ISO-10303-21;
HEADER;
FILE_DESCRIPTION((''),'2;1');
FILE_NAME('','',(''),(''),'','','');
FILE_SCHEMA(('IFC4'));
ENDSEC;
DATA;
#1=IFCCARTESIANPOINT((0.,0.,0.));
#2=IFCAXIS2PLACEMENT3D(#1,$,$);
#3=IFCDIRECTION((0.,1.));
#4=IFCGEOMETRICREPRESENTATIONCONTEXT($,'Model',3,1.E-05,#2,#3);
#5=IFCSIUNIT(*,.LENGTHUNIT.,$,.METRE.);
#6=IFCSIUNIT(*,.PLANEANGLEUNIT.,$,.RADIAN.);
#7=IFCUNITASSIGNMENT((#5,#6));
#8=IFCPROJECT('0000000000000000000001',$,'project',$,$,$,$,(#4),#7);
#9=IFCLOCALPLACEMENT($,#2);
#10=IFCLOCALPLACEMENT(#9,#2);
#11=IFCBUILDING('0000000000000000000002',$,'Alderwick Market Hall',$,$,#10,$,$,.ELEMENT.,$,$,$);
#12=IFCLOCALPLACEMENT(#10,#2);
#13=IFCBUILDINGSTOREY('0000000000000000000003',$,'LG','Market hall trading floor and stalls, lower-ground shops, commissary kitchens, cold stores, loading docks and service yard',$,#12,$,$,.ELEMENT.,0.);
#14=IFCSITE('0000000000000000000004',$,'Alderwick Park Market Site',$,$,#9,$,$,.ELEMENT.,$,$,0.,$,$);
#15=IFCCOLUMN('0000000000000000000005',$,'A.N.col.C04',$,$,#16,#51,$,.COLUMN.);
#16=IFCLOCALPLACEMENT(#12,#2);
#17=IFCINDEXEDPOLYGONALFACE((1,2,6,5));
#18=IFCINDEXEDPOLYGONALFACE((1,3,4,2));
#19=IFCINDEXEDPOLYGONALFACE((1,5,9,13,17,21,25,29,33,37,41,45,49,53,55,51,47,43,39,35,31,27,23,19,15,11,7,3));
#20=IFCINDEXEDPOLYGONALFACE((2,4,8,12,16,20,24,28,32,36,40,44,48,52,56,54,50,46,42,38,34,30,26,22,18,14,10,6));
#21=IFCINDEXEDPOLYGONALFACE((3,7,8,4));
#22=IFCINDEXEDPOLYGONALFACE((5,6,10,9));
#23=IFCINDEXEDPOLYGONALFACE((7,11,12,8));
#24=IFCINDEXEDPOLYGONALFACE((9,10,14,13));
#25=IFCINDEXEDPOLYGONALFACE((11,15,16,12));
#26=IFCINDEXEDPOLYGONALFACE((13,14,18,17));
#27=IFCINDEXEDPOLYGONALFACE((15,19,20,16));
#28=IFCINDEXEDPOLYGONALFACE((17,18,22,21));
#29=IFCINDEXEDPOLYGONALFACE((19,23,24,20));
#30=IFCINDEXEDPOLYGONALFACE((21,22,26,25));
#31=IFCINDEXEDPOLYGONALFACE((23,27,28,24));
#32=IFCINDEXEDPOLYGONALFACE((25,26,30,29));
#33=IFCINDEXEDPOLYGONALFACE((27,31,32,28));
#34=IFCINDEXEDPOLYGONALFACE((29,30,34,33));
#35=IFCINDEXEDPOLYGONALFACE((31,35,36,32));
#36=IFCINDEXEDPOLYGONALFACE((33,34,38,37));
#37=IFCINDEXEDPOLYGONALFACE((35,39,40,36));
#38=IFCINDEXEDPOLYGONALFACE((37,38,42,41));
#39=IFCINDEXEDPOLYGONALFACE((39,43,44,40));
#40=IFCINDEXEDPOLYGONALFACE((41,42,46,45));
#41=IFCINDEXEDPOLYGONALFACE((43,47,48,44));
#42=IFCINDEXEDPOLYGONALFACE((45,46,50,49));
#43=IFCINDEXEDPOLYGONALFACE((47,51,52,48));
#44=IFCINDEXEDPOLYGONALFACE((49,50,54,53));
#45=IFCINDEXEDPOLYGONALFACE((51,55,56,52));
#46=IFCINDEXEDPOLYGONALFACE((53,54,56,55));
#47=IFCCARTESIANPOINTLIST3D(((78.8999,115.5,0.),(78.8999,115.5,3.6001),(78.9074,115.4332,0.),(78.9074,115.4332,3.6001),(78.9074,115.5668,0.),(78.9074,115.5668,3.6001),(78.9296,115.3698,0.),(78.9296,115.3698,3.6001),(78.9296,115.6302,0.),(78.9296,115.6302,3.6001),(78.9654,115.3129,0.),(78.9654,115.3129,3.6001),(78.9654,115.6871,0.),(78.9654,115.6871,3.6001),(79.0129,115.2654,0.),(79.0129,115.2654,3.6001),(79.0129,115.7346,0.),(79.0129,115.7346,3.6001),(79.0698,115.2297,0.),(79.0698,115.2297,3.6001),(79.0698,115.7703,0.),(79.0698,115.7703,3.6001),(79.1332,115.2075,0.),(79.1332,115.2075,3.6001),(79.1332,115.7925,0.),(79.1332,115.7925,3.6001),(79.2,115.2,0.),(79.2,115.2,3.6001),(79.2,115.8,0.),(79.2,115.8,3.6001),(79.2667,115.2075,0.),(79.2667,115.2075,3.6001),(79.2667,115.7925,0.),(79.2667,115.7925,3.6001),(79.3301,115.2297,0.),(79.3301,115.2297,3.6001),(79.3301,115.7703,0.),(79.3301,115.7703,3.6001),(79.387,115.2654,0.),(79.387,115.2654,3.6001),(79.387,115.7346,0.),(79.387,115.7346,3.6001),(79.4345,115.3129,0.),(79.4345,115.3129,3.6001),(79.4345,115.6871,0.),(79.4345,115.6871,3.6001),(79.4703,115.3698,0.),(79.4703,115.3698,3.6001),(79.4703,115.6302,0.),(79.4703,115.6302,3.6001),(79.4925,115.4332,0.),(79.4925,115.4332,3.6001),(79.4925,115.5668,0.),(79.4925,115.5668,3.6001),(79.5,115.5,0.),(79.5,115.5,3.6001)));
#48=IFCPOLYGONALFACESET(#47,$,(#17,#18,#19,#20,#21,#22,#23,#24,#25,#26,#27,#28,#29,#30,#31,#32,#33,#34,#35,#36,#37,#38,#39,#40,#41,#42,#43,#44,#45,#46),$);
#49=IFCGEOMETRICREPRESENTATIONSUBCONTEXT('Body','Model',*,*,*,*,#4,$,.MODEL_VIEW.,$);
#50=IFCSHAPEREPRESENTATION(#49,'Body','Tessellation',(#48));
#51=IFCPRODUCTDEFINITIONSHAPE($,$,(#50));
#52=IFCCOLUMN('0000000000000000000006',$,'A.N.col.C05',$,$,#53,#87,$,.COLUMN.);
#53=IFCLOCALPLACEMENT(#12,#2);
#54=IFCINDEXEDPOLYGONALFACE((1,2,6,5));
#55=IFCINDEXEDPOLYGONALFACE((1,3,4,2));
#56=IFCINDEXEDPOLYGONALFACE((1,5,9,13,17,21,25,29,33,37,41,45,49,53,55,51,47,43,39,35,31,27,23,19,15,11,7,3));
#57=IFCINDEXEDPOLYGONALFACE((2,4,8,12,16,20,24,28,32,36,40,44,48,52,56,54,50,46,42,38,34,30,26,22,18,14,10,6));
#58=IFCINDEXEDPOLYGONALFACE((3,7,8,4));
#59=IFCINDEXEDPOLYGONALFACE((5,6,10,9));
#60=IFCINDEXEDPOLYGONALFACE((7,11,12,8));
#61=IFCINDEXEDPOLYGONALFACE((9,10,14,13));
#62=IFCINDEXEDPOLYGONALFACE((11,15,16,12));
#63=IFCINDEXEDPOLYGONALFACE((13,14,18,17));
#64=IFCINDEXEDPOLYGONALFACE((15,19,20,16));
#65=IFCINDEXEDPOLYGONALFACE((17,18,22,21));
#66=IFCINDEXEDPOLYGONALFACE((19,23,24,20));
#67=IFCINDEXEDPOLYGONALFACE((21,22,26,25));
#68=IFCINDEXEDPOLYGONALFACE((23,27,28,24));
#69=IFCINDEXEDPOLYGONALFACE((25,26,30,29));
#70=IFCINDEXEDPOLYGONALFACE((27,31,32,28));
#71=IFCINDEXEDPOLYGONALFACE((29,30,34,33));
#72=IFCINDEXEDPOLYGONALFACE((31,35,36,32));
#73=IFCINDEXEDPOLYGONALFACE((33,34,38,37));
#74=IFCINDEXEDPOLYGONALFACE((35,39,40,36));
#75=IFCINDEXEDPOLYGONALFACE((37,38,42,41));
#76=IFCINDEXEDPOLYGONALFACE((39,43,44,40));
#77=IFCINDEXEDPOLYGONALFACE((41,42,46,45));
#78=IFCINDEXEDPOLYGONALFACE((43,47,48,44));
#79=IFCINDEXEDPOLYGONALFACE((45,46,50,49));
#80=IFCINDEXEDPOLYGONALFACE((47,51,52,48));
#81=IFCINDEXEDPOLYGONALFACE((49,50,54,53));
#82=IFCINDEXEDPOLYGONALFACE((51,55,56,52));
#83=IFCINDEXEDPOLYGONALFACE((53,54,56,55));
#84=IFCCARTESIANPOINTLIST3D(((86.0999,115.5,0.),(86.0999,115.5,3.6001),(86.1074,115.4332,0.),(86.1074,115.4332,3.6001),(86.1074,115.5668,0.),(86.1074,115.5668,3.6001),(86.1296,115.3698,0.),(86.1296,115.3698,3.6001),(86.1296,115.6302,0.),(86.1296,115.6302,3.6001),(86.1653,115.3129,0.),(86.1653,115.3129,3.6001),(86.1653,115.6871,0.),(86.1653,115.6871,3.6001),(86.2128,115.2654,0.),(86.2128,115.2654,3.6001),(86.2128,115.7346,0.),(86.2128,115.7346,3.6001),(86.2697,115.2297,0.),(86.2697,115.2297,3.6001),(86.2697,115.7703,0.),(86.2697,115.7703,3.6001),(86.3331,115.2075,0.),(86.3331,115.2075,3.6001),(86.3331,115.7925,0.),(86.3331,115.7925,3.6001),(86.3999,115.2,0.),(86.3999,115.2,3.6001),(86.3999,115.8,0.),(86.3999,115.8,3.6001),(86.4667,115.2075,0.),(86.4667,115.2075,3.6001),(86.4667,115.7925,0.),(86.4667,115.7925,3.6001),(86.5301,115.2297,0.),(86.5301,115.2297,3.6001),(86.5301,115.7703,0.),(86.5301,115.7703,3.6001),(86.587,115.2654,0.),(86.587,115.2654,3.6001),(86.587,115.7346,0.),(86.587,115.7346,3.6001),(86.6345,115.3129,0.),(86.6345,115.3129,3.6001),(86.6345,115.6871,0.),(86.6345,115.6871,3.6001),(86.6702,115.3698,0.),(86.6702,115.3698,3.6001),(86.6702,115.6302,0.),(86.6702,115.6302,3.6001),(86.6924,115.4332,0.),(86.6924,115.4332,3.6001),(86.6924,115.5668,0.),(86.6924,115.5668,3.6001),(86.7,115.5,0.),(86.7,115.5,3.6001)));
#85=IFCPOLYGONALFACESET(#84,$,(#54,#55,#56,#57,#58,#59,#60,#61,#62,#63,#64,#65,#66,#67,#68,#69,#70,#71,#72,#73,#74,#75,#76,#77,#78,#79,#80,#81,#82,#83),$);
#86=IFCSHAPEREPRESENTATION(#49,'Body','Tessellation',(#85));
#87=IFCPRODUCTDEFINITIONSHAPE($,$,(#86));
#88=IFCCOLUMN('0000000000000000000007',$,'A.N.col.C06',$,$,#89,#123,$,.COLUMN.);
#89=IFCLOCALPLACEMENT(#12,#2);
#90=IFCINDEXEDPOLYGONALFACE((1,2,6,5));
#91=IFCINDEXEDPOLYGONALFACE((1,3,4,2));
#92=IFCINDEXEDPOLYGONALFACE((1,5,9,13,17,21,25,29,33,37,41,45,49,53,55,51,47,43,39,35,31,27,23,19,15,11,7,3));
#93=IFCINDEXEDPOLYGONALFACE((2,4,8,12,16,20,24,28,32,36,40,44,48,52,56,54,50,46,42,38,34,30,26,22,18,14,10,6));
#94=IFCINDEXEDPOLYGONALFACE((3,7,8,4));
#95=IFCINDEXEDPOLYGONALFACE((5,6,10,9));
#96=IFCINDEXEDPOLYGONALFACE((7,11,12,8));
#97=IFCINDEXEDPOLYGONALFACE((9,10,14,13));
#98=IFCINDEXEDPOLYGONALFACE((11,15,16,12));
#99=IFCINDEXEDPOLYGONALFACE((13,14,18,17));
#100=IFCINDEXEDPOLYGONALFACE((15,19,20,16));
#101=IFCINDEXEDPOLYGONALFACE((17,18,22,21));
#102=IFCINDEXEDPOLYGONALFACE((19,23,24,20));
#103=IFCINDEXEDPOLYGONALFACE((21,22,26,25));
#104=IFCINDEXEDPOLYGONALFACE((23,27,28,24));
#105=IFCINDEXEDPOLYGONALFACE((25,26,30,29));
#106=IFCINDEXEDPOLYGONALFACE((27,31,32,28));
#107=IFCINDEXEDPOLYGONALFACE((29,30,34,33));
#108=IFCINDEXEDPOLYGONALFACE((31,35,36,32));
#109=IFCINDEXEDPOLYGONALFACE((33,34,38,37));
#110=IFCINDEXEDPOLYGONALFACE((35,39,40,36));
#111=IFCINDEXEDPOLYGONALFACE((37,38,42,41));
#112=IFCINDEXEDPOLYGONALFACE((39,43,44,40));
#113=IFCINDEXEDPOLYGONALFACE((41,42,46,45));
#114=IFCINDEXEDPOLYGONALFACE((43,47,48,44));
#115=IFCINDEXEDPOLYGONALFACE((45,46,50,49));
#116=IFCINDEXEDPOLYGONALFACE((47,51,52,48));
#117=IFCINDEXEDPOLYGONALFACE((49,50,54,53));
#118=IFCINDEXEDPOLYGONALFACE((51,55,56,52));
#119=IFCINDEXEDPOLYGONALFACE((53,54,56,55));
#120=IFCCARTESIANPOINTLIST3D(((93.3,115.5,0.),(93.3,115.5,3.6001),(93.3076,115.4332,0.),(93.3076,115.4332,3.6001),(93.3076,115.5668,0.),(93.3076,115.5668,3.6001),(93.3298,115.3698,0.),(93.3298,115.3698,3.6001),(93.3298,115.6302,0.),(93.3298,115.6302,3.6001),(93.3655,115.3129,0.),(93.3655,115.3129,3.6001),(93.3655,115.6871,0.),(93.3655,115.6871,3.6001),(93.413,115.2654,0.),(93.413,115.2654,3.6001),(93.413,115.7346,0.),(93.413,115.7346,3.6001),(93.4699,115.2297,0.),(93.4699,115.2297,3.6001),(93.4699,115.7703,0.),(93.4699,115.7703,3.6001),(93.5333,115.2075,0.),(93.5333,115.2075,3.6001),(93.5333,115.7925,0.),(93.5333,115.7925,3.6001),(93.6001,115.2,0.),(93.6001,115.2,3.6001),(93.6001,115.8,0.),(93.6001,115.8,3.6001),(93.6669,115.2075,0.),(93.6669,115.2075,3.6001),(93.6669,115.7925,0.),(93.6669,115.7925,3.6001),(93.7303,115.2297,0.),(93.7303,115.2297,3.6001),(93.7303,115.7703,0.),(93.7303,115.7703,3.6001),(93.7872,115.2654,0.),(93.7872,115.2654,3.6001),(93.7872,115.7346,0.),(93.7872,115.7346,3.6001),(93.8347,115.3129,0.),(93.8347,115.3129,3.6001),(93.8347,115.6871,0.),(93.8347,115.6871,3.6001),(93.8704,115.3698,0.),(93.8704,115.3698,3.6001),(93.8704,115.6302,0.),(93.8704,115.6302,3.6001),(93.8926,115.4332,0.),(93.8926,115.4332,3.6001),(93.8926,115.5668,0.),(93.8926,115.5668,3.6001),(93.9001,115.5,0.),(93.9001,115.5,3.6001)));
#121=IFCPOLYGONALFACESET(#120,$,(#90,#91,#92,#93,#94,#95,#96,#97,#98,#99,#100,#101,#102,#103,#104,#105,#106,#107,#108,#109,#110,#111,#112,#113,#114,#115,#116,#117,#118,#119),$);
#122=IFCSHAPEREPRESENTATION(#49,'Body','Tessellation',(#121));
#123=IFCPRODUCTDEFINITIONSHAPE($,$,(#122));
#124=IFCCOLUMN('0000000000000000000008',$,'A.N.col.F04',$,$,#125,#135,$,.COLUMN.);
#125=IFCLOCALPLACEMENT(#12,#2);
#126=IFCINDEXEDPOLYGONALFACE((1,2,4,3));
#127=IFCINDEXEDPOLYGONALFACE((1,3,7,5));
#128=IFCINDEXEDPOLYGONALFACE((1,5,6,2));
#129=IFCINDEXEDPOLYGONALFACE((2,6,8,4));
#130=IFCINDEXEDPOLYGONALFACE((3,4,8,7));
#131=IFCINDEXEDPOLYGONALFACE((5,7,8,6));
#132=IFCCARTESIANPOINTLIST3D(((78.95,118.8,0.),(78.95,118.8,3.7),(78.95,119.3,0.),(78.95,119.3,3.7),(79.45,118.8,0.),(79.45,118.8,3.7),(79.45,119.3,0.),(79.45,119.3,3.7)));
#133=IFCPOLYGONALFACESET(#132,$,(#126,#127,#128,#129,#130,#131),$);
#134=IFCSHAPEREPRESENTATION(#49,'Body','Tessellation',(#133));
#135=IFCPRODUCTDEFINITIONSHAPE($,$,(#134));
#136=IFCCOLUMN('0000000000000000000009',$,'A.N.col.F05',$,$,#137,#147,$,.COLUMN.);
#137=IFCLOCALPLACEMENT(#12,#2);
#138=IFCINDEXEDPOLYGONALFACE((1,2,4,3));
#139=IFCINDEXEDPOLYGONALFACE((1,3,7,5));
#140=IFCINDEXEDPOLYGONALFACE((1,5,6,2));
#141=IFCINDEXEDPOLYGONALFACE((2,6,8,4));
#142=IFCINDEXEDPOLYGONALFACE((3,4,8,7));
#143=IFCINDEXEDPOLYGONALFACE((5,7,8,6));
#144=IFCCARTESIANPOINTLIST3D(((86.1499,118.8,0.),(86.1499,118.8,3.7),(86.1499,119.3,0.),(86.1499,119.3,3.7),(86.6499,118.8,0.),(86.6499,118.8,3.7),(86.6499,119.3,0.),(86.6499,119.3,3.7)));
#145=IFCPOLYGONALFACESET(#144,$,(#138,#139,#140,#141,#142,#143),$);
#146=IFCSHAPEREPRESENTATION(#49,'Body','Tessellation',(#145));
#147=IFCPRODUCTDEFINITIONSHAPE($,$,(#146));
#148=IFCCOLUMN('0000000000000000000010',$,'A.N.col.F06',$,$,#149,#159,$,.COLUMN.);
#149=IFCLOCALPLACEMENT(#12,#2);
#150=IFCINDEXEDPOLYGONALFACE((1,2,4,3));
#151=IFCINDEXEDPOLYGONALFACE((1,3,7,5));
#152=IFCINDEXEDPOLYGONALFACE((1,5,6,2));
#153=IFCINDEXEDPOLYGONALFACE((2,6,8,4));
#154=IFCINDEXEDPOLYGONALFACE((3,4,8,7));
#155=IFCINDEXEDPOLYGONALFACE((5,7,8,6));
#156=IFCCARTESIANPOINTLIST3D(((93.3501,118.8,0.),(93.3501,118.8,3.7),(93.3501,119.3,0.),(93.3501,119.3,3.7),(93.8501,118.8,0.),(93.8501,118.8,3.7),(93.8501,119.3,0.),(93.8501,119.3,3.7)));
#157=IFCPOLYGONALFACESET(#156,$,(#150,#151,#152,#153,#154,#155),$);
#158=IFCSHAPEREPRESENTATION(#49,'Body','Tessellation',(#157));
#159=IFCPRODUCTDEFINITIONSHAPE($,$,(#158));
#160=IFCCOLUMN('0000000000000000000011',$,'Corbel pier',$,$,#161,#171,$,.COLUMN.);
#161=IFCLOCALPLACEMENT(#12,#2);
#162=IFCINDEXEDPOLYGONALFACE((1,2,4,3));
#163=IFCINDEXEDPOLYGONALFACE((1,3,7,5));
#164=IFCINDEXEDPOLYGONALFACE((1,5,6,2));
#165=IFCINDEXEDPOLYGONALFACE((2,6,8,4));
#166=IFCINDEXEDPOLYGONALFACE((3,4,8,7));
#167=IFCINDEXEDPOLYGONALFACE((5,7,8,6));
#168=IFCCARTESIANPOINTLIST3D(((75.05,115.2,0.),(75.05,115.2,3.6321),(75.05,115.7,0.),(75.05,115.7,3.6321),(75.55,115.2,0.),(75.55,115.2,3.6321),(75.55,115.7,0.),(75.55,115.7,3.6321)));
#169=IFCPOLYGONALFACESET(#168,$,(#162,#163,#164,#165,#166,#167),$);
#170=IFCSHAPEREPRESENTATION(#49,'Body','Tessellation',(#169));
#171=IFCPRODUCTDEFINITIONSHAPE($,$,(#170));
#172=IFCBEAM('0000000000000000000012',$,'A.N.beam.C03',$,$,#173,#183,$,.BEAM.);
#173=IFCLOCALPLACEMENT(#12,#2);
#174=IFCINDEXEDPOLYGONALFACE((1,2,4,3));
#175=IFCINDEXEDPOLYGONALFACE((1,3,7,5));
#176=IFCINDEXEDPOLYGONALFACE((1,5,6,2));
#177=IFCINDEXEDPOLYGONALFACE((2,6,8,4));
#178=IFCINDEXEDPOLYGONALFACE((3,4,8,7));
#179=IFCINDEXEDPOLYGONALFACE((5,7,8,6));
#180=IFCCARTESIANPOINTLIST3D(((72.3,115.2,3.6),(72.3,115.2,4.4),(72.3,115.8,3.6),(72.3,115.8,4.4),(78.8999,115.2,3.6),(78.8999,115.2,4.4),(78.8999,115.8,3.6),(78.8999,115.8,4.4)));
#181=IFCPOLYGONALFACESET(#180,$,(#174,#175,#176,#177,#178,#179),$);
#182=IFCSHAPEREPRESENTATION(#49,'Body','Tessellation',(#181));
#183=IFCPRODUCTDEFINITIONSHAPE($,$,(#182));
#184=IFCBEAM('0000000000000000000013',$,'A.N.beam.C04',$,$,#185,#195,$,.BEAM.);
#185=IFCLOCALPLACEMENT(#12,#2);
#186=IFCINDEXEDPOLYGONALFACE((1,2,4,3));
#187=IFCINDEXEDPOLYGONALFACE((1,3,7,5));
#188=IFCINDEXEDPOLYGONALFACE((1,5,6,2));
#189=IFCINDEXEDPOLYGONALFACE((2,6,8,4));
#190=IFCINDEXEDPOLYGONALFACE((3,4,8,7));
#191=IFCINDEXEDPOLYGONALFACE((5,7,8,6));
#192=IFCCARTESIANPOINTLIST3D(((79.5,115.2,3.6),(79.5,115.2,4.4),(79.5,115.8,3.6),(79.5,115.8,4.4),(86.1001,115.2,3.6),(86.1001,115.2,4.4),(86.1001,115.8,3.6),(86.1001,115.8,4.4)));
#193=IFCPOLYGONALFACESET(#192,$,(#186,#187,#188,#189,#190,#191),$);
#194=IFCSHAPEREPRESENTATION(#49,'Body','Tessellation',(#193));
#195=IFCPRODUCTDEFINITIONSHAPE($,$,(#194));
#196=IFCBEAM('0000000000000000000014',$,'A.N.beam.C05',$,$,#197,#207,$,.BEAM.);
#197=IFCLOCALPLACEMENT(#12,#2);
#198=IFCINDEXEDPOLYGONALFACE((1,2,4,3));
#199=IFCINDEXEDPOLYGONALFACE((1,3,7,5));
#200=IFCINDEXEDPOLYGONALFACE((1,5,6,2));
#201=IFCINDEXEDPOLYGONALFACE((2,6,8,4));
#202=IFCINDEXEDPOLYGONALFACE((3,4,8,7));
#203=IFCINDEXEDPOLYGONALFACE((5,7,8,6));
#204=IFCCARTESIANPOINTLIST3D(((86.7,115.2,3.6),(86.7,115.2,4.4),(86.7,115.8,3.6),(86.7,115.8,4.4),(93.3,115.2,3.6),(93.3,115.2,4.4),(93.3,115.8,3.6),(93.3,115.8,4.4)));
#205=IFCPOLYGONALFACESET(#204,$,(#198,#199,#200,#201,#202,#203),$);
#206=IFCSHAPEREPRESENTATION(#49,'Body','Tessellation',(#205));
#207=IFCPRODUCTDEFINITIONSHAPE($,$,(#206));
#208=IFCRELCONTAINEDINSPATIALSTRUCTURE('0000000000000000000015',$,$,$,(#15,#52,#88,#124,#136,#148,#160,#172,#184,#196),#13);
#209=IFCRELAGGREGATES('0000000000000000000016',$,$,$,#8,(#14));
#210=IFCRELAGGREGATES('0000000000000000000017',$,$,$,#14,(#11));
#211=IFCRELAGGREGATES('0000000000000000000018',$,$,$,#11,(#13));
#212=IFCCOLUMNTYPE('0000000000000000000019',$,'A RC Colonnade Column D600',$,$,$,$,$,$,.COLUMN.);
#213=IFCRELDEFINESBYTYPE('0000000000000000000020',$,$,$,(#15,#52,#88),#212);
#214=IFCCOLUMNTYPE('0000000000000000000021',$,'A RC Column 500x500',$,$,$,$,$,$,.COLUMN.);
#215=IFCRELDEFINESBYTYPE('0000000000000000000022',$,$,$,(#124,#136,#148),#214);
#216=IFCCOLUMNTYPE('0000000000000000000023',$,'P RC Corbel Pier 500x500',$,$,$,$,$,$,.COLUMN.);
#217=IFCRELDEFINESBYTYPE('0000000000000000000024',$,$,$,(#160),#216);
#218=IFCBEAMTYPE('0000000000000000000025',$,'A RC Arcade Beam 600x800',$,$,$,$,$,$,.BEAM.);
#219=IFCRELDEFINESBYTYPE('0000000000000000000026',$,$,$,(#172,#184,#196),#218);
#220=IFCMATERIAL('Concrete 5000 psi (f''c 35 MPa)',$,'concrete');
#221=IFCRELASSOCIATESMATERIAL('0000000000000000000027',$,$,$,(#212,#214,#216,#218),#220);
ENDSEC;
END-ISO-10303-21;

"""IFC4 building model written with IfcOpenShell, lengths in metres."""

from ifc_helpers import new_model, si_unit, direction, frame, origin, origin_2d, place, context, subcontext, project, spatial, rectangle, circle, extrude, material, material_profile, profile_set, type_object, element, save


model = new_model("IFC4")

# Units and contexts
model_context = context("Model", 3, precision=1e-05, world=origin(), true_north=direction((0.0, 1.0)))
body_context = subcontext(model_context, "Body", "Model", "MODEL_VIEW")
ifc_project = project(units=[si_unit("LENGTHUNIT", "METRE"), si_unit("PLANEANGLEUNIT", "RADIAN")], contexts=[model_context])

# Site, building, storey
site_placement = place(None, origin())
site = spatial("IfcSite", under=ifc_project, at=site_placement, Name="Alderwick Park Market Site", CompositionType="ELEMENT", RefElevation=0.0)
building_placement = place(site_placement, origin())
building = spatial("IfcBuilding", under=site, at=building_placement, Name="Alderwick Market Hall", CompositionType="ELEMENT")
storey_placement = place(building_placement, origin())
storey = spatial("IfcBuildingStorey", under=building, at=storey_placement, Name="LG", Description="Market hall trading floor and stalls, lower-ground shops, commissary kitchens, cold stores, loading docks and service yard", CompositionType="ELEMENT", Elevation=0.0)

# Columns
ifc_material_1 = material(Name="Concrete 5000 psi (f'c 35 MPa)", Category="concrete")
ifc_material_profile_1 = material_profile(ifc_material_1, circle(Radius=0.3, at=origin_2d()), Name="A RC Colonnade Column D600")
ifc_profile_set_1 = profile_set([ifc_material_profile_1], Name="Concrete 5000 psi (f'c 35 MPa)")
column_type_1 = type_object("IfcColumnType", Name="A RC Colonnade Column D600", PredefinedType="COLUMN", material=ifc_profile_set_1)
for number, where, z_axis, x_axis, name in (
    (1, (79.2, 115.5, 0.0), (0.0, 0.0, 1.0), (1.0, 0.0, 0.0), "A.N.col.C04"),
    (2, (86.3999, 115.5, 0.0), (0.0, 0.0, 1.0), (1.0, 0.0, 0.0), "A.N.col.C05"),
    (3, (93.6001, 115.5, 0.0), (0.0, 0.0, 1.0), (1.0, 0.0, 0.0), "A.N.col.C06"),
):
    element("IfcColumn", number, at=place(storey_placement, frame(where, z_axis=z_axis, x_axis=x_axis)), inside=storey, type_object=column_type_1, Name=name, PredefinedType="COLUMN", context=body_context, shape_type="SweptSolid", body=[
        extrude(circle(Radius=0.3, at=origin_2d()), origin(), (0.0, 0.0, 1.0), 3.6001),
    ])
ifc_material_profile_2 = material_profile(ifc_material_1, rectangle(XDim=0.5, YDim=0.5, at=origin_2d()), Name="A RC Column 500x500")
ifc_profile_set_2 = profile_set([ifc_material_profile_2], Name="Concrete 5000 psi (f'c 35 MPa)")
column_type_2 = type_object("IfcColumnType", Name="A RC Column 500x500", PredefinedType="COLUMN", material=ifc_profile_set_2)
for number, where, z_axis, x_axis, name in (
    (4, (79.2, 119.05, 0.0), (0.0, 0.0, 1.0), (1.0, 0.0, 0.0), "A.N.col.F04"),
    (5, (86.3999, 119.05, 0.0), (0.0, 0.0, 1.0), (1.0, 0.0, 0.0), "A.N.col.F05"),
    (6, (93.6001, 119.05, 0.0), (0.0, 0.0, 1.0), (1.0, 0.0, 0.0), "A.N.col.F06"),
):
    element("IfcColumn", number, at=place(storey_placement, frame(where, z_axis=z_axis, x_axis=x_axis)), inside=storey, type_object=column_type_2, Name=name, PredefinedType="COLUMN", context=body_context, shape_type="SweptSolid", body=[
        extrude(rectangle(XDim=0.5, YDim=0.5, at=origin_2d()), origin(), (0.0, 0.0, 1.0), 3.7),
    ])
ifc_material_profile_3 = material_profile(ifc_material_1, rectangle(XDim=0.5, YDim=0.5, at=origin_2d()), Name="P RC Corbel Pier 500x500")
ifc_profile_set_3 = profile_set([ifc_material_profile_3], Name="Concrete 5000 psi (f'c 35 MPa)")
column_type_3 = type_object("IfcColumnType", Name="P RC Corbel Pier 500x500", PredefinedType="COLUMN", material=ifc_profile_set_3)
column_placement = place(storey_placement, frame((75.3, 115.45, 0.0), z_axis=(0.0, 0.0, 1.0), x_axis=(1.0, 0.0, 0.0)))
element("IfcColumn", 7, at=column_placement, inside=storey, type_object=column_type_3, Name="Corbel pier", PredefinedType="COLUMN", context=body_context, shape_type="SweptSolid", body=[
    extrude(rectangle(XDim=0.5, YDim=0.5, at=origin_2d()), origin(), (0.0, 0.0, 1.0), 3.6321),
])

# Beams
ifc_material_profile_4 = material_profile(ifc_material_1, rectangle(XDim=0.6001, YDim=0.8, at=origin_2d()), Name="A RC Arcade Beam 600x800")
ifc_profile_set_4 = profile_set([ifc_material_profile_4], Name="Concrete 5000 psi (f'c 35 MPa)")
beam_type_1 = type_object("IfcBeamType", Name="A RC Arcade Beam 600x800", PredefinedType="BEAM", material=ifc_profile_set_4)
beam_1_placement = place(storey_placement, frame((72.3, 115.5, 4.0), z_axis=(1.0, 0.0, 0.0), x_axis=(0.0, 1.0, 0.0)))
element("IfcBeam", 8, at=beam_1_placement, inside=storey, type_object=beam_type_1, Name="A.N.beam.C03", PredefinedType="BEAM", context=body_context, shape_type="SweptSolid", body=[
    extrude(rectangle(XDim=0.6001, YDim=0.8, at=origin_2d()), origin(), (0.0, 0.0, 1.0), 6.5999),
])
for number, where, z_axis, x_axis, name in (
    (9, (79.5, 115.5, 4.0), (1.0, 0.0, 0.0), (0.0, 1.0, 0.0), "A.N.beam.C04"),
    (10, (86.7, 115.5, 4.0), (1.0, 0.0, 0.0), (0.0, 1.0, 0.0), "A.N.beam.C05"),
):
    element("IfcBeam", number, at=place(storey_placement, frame(where, z_axis=z_axis, x_axis=x_axis)), inside=storey, type_object=beam_type_1, Name=name, PredefinedType="BEAM", context=body_context, shape_type="SweptSolid", body=[
        extrude(rectangle(XDim=0.6001, YDim=0.8, at=origin_2d()), origin(), (0.0, 0.0, 1.0), 6.6001),
    ])

save(model, "model.ifc")
